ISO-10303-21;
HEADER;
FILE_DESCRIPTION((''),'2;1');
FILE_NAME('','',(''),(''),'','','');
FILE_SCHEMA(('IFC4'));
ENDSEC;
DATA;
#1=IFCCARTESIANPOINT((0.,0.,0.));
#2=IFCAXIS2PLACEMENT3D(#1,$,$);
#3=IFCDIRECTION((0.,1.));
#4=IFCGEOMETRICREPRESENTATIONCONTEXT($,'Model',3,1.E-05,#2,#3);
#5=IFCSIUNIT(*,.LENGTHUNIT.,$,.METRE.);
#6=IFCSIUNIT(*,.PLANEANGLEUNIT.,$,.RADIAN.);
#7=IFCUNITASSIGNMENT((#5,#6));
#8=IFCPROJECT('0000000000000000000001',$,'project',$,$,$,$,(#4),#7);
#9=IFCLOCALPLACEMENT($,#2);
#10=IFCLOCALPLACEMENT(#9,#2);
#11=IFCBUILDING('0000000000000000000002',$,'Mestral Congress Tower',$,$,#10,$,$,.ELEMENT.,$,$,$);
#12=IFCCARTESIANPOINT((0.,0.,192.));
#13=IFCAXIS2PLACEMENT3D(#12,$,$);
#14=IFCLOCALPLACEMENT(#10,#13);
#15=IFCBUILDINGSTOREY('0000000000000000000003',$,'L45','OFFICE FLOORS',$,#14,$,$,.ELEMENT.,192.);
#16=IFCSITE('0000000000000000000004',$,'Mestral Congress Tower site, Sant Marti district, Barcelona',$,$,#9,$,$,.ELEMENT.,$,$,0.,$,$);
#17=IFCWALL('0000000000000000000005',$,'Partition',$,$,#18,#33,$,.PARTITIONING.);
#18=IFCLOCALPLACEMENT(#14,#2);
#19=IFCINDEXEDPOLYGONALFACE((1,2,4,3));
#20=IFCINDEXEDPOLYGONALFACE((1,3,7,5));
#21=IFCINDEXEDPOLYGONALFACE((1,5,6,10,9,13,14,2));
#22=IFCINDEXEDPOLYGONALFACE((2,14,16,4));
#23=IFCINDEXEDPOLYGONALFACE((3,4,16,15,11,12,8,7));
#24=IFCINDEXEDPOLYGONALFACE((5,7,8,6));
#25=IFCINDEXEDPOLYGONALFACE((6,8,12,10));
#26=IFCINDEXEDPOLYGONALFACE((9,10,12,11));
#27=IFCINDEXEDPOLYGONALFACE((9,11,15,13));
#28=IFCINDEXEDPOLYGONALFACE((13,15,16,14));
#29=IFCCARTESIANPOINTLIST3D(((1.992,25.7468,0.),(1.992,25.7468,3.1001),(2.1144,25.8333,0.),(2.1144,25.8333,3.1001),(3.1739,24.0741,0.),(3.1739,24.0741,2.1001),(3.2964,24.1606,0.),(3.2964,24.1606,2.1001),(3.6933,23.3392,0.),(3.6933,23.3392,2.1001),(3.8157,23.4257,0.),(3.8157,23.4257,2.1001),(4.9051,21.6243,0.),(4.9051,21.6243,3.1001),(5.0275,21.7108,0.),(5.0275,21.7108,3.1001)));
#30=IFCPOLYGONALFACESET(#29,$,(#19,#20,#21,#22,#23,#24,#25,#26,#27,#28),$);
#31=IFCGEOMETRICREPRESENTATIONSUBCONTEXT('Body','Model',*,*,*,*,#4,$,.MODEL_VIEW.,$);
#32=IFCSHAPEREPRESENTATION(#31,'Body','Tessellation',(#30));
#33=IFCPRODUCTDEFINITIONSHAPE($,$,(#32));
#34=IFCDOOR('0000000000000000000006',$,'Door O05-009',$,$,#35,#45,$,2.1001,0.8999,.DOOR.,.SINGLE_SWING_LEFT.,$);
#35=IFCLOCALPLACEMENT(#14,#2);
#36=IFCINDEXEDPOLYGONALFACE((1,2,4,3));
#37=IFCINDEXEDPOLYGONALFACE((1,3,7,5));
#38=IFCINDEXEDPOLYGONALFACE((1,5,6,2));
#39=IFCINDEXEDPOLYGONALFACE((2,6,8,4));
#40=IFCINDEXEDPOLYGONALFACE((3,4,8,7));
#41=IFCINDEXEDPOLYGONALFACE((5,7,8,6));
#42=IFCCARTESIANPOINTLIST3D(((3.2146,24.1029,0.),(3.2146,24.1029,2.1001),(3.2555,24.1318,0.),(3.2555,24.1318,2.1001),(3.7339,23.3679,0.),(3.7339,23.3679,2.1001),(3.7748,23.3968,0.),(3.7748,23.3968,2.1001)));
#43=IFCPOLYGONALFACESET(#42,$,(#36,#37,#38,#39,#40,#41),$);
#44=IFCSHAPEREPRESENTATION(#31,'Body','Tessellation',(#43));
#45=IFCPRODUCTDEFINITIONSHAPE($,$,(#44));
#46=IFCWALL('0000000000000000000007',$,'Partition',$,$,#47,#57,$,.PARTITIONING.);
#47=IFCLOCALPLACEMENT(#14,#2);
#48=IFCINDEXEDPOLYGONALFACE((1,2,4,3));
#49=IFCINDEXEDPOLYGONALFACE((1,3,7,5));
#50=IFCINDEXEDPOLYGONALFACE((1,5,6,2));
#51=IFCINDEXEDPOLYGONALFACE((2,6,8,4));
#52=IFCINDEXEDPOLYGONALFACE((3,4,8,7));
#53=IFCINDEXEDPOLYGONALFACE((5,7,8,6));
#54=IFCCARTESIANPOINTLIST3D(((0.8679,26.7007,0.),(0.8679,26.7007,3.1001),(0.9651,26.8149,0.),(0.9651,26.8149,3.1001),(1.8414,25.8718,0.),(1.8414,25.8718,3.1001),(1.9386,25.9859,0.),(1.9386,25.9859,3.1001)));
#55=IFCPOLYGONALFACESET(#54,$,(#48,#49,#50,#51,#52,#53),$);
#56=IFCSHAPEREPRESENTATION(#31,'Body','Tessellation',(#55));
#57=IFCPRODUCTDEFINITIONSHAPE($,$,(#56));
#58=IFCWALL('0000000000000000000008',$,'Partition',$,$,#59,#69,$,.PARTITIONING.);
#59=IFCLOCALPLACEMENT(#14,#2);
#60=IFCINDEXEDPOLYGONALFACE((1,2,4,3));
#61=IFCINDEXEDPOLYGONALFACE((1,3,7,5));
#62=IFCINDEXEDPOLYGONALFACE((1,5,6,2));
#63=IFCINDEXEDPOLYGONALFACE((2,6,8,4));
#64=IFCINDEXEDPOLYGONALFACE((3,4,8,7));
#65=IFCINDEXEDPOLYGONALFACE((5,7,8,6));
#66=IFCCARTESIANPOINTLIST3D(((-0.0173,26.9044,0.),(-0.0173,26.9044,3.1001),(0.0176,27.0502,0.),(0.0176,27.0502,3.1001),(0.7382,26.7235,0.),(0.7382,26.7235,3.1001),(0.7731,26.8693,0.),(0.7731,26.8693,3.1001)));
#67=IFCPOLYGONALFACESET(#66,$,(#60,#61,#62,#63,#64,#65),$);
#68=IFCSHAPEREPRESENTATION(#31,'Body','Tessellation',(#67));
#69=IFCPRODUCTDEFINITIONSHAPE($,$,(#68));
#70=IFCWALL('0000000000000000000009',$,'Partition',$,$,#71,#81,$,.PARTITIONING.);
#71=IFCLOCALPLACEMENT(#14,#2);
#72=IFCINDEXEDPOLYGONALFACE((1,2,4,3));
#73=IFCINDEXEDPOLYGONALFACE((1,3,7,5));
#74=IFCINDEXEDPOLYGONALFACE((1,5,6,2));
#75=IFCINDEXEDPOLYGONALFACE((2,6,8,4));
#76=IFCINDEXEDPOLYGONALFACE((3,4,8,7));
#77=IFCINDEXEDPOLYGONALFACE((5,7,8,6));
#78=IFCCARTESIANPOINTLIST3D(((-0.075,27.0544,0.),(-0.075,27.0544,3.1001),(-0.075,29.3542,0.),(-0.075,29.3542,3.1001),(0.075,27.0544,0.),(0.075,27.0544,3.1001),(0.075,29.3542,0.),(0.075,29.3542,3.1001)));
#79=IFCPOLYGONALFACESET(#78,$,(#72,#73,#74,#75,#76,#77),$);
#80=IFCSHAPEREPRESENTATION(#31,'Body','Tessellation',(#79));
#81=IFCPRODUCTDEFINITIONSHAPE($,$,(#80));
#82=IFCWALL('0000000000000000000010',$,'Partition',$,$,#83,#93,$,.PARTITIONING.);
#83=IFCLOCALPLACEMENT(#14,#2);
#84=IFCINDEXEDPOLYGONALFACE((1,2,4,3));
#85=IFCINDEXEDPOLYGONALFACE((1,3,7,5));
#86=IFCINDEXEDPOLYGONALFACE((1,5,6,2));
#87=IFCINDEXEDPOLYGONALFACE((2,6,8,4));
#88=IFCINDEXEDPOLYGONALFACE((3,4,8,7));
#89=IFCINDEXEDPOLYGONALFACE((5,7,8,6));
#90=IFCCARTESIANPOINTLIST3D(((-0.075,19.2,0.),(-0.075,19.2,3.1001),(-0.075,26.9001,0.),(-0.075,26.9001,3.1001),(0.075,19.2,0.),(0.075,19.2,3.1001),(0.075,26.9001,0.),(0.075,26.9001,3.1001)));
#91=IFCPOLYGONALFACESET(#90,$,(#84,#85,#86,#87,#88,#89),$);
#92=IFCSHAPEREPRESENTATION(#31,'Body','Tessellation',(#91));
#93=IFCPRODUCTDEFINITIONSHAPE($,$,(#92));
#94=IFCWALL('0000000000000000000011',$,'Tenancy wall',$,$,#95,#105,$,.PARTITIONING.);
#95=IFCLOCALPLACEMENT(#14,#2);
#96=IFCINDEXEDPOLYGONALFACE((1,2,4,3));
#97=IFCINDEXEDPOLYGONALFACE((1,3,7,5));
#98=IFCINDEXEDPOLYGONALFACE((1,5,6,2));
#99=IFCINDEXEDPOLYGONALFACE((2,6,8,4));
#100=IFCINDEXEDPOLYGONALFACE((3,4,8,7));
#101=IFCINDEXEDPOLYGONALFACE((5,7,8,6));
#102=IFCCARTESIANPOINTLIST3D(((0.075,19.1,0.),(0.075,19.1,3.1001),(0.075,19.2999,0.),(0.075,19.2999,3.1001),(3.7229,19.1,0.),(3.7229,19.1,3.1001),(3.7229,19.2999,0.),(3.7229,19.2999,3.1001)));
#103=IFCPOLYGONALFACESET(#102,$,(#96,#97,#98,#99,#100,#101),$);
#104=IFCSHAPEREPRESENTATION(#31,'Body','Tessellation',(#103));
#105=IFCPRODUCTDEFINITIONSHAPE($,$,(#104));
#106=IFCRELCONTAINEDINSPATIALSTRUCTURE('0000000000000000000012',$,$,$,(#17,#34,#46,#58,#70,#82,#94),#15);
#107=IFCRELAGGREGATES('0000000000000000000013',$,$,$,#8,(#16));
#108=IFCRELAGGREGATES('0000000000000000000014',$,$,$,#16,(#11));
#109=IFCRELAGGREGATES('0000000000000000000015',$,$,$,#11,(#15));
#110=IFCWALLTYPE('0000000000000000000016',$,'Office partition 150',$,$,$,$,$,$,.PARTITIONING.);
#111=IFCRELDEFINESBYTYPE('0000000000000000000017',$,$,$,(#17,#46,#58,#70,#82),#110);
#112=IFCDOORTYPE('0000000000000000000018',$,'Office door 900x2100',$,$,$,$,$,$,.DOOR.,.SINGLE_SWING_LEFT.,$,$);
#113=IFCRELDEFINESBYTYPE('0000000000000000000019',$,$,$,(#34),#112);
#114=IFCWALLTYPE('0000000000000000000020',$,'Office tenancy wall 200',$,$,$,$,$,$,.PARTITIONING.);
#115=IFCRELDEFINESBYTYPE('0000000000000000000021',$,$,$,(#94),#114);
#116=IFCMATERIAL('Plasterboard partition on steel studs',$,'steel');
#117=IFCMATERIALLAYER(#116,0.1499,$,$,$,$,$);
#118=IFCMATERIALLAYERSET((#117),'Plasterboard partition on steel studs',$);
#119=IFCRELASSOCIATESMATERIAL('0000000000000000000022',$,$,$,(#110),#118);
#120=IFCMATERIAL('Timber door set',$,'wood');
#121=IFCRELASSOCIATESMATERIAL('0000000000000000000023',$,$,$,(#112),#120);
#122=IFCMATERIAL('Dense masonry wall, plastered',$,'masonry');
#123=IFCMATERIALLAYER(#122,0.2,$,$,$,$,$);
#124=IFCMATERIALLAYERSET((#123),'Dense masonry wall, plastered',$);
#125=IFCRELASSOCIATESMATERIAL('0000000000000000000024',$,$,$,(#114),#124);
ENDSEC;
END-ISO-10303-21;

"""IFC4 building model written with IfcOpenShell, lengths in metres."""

from ifc_helpers import new_model, si_unit, direction, frame, frame_2d, origin, place, context, subcontext, project, spatial, rectangle, extrude, material, layer, layer_set, type_object, element, fill, save


model = new_model("IFC4")

# Units and contexts
model_context = context("Model", 3, precision=1e-05, world=origin(), true_north=direction((0.0, 1.0)))
body_context = subcontext(model_context, "Body", "Model", "MODEL_VIEW")
ifc_project = project(units=[si_unit("LENGTHUNIT", "METRE"), si_unit("PLANEANGLEUNIT", "RADIAN")], contexts=[model_context])

# Site, building, storey
site_placement = place(None, origin())
site = spatial("IfcSite", under=ifc_project, at=site_placement, Name="Mestral Congress Tower site, Sant Marti district, Barcelona", CompositionType="ELEMENT", RefElevation=0.0)
building_placement = place(site_placement, origin())
building = spatial("IfcBuilding", under=site, at=building_placement, Name="Mestral Congress Tower", CompositionType="ELEMENT")
storey_placement = place(building_placement, frame((0.0, 0.0, 192.0)))
storey = spatial("IfcBuildingStorey", under=building, at=storey_placement, Name="L45", Description="OFFICE FLOORS", CompositionType="ELEMENT", Elevation=192.0)

# Shared definitions
ifc_material_1 = material(Name="Plasterboard partition on steel studs", Category="steel")
ifc_layer_1 = layer(ifc_material_1, 0.1499)
ifc_layer_set_1 = layer_set([ifc_layer_1], Name="Plasterboard partition on steel studs")
wall_type_1 = type_object("IfcWallType", Name="Office partition 150", PredefinedType="PARTITIONING", material=ifc_layer_set_1)

# Shared definitions
ifc_material_2 = material(Name="Timber door set", Category="wood")
door_type = type_object("IfcDoorType", Name="Office door 900x2100", OperationType="SINGLE_SWING_LEFT", PredefinedType="DOOR", material=ifc_material_2)

# Wall, opening, door
wall_1_placement = place(storey_placement, frame((2.0532, 25.79, 0.0), z_axis=(0.0, 0.0, 1.0), x_axis=(0.577086, -0.816684, 0.0)))
wall_1 = element("IfcWall", 1, at=wall_1_placement, inside=storey, type_object=wall_type_1, Name="Partition", PredefinedType="PARTITIONING", context=body_context, shape_type="SweptSolid", body=[
    extrude(rectangle(XDim=5.0479, YDim=0.1499, at=frame_2d((2.5239, 0.0))), origin(), (0.0, 0.0, 1.0), 3.1001),
])
opening_1_placement = place(wall_1_placement, frame((2.0481, 0.0, 0.0)))
opening_1 = element("IfcOpeningElement", 2, at=opening_1_placement, cuts=wall_1, PredefinedType="OPENING", context=body_context, shape_type="SweptSolid", body=[
    extrude(rectangle(XDim=0.8999, YDim=2.1001, at=frame_2d((0.45, 1.05))), frame((0.0, 0.085, 0.0), z_axis=(0.0, -1.0, 0.0), x_axis=(1.0, 0.0, 0.0)), (0.0, 0.0, 1.0), 0.1699),
])
door_1_placement = place(opening_1_placement, origin())
door_1 = element("IfcDoor", 3, at=door_1_placement, inside=storey, type_object=door_type, Name="Door O05-009", OperationType="SINGLE_SWING_LEFT", OverallHeight=2.1001, OverallWidth=0.8999, PredefinedType="DOOR", context=body_context, shape_type="SweptSolid", body=[
    extrude(rectangle(XDim=0.8999, YDim=2.1001, at=frame_2d((0.45, 1.05))), frame((0.0, 0.0249, 0.0), z_axis=(0.0, -1.0, 0.0), x_axis=(1.0, 0.0, 0.0)), (0.0, 0.0, 1.0), 0.05),
])
fill(opening_1, door_1)

# Walls
wall_2_placement = place(storey_placement, frame((1.8899, 25.929, 0.0), z_axis=(0.0, 0.0, 1.0), x_axis=(-0.761369, 0.648319, 0.0)))
element("IfcWall", 4, at=wall_2_placement, inside=storey, type_object=wall_type_1, Name="Partition", PredefinedType="PARTITIONING", context=body_context, shape_type="SweptSolid", body=[
    extrude(rectangle(XDim=1.2786, YDim=0.1499, at=frame_2d((0.6392, 0.0))), origin(), (0.0, 0.0, 1.0), 3.1001),
])
wall_3_placement = place(storey_placement, frame((0.7556, 26.7964, 0.0), z_axis=(0.0, 0.0, 1.0), x_axis=(-0.972516, 0.232838, 0.0)))
element("IfcWall", 5, at=wall_3_placement, inside=storey, type_object=wall_type_1, Name="Partition", PredefinedType="PARTITIONING", context=body_context, shape_type="SweptSolid", body=[
    extrude(rectangle(XDim=0.7769, YDim=0.1499, at=frame_2d((0.3884, 0.0))), origin(), (0.0, 0.0, 1.0), 3.1001),
])
wall_4_placement = place(storey_placement, frame((0.0, 27.0544, 0.0), z_axis=(0.0, 0.0, 1.0), x_axis=(0.0, 1.0, 0.0)))
element("IfcWall", 6, at=wall_4_placement, inside=storey, type_object=wall_type_1, Name="Partition", PredefinedType="PARTITIONING", context=body_context, shape_type="SweptSolid", body=[
    extrude(rectangle(XDim=2.2998, YDim=0.1499, at=frame_2d((1.1499, 0.0))), origin(), (0.0, 0.0, 1.0), 3.1001),
])
wall_5_placement = place(storey_placement, frame((0.0, 19.2, 0.0), z_axis=(0.0, 0.0, 1.0), x_axis=(0.0, 1.0, 0.0)))
element("IfcWall", 7, at=wall_5_placement, inside=storey, type_object=wall_type_1, Name="Partition", PredefinedType="PARTITIONING", context=body_context, shape_type="SweptSolid", body=[
    extrude(rectangle(XDim=7.7002, YDim=0.1499, at=frame_2d((3.8501, 0.0))), origin(), (0.0, 0.0, 1.0), 3.1001),
])
ifc_material_3 = material(Name="Dense masonry wall, plastered", Category="masonry")
ifc_layer_2 = layer(ifc_material_3, 0.2)
ifc_layer_set_2 = layer_set([ifc_layer_2], Name="Dense masonry wall, plastered")
wall_type_2 = type_object("IfcWallType", Name="Office tenancy wall 200", PredefinedType="PARTITIONING", material=ifc_layer_set_2)
wall_6_placement = place(storey_placement, frame((3.7229, 19.2, 0.0), z_axis=(0.0, 0.0, 1.0), x_axis=(-1.0, 0.0, 0.0)))
element("IfcWall", 8, at=wall_6_placement, inside=storey, type_object=wall_type_2, Name="Tenancy wall", PredefinedType="PARTITIONING", context=body_context, shape_type="SweptSolid", body=[
    extrude(rectangle(XDim=3.6479, YDim=0.2, at=frame_2d((1.824, 0.0))), origin(), (0.0, 0.0, 1.0), 3.1001),
])

save(model, "model.ifc")
